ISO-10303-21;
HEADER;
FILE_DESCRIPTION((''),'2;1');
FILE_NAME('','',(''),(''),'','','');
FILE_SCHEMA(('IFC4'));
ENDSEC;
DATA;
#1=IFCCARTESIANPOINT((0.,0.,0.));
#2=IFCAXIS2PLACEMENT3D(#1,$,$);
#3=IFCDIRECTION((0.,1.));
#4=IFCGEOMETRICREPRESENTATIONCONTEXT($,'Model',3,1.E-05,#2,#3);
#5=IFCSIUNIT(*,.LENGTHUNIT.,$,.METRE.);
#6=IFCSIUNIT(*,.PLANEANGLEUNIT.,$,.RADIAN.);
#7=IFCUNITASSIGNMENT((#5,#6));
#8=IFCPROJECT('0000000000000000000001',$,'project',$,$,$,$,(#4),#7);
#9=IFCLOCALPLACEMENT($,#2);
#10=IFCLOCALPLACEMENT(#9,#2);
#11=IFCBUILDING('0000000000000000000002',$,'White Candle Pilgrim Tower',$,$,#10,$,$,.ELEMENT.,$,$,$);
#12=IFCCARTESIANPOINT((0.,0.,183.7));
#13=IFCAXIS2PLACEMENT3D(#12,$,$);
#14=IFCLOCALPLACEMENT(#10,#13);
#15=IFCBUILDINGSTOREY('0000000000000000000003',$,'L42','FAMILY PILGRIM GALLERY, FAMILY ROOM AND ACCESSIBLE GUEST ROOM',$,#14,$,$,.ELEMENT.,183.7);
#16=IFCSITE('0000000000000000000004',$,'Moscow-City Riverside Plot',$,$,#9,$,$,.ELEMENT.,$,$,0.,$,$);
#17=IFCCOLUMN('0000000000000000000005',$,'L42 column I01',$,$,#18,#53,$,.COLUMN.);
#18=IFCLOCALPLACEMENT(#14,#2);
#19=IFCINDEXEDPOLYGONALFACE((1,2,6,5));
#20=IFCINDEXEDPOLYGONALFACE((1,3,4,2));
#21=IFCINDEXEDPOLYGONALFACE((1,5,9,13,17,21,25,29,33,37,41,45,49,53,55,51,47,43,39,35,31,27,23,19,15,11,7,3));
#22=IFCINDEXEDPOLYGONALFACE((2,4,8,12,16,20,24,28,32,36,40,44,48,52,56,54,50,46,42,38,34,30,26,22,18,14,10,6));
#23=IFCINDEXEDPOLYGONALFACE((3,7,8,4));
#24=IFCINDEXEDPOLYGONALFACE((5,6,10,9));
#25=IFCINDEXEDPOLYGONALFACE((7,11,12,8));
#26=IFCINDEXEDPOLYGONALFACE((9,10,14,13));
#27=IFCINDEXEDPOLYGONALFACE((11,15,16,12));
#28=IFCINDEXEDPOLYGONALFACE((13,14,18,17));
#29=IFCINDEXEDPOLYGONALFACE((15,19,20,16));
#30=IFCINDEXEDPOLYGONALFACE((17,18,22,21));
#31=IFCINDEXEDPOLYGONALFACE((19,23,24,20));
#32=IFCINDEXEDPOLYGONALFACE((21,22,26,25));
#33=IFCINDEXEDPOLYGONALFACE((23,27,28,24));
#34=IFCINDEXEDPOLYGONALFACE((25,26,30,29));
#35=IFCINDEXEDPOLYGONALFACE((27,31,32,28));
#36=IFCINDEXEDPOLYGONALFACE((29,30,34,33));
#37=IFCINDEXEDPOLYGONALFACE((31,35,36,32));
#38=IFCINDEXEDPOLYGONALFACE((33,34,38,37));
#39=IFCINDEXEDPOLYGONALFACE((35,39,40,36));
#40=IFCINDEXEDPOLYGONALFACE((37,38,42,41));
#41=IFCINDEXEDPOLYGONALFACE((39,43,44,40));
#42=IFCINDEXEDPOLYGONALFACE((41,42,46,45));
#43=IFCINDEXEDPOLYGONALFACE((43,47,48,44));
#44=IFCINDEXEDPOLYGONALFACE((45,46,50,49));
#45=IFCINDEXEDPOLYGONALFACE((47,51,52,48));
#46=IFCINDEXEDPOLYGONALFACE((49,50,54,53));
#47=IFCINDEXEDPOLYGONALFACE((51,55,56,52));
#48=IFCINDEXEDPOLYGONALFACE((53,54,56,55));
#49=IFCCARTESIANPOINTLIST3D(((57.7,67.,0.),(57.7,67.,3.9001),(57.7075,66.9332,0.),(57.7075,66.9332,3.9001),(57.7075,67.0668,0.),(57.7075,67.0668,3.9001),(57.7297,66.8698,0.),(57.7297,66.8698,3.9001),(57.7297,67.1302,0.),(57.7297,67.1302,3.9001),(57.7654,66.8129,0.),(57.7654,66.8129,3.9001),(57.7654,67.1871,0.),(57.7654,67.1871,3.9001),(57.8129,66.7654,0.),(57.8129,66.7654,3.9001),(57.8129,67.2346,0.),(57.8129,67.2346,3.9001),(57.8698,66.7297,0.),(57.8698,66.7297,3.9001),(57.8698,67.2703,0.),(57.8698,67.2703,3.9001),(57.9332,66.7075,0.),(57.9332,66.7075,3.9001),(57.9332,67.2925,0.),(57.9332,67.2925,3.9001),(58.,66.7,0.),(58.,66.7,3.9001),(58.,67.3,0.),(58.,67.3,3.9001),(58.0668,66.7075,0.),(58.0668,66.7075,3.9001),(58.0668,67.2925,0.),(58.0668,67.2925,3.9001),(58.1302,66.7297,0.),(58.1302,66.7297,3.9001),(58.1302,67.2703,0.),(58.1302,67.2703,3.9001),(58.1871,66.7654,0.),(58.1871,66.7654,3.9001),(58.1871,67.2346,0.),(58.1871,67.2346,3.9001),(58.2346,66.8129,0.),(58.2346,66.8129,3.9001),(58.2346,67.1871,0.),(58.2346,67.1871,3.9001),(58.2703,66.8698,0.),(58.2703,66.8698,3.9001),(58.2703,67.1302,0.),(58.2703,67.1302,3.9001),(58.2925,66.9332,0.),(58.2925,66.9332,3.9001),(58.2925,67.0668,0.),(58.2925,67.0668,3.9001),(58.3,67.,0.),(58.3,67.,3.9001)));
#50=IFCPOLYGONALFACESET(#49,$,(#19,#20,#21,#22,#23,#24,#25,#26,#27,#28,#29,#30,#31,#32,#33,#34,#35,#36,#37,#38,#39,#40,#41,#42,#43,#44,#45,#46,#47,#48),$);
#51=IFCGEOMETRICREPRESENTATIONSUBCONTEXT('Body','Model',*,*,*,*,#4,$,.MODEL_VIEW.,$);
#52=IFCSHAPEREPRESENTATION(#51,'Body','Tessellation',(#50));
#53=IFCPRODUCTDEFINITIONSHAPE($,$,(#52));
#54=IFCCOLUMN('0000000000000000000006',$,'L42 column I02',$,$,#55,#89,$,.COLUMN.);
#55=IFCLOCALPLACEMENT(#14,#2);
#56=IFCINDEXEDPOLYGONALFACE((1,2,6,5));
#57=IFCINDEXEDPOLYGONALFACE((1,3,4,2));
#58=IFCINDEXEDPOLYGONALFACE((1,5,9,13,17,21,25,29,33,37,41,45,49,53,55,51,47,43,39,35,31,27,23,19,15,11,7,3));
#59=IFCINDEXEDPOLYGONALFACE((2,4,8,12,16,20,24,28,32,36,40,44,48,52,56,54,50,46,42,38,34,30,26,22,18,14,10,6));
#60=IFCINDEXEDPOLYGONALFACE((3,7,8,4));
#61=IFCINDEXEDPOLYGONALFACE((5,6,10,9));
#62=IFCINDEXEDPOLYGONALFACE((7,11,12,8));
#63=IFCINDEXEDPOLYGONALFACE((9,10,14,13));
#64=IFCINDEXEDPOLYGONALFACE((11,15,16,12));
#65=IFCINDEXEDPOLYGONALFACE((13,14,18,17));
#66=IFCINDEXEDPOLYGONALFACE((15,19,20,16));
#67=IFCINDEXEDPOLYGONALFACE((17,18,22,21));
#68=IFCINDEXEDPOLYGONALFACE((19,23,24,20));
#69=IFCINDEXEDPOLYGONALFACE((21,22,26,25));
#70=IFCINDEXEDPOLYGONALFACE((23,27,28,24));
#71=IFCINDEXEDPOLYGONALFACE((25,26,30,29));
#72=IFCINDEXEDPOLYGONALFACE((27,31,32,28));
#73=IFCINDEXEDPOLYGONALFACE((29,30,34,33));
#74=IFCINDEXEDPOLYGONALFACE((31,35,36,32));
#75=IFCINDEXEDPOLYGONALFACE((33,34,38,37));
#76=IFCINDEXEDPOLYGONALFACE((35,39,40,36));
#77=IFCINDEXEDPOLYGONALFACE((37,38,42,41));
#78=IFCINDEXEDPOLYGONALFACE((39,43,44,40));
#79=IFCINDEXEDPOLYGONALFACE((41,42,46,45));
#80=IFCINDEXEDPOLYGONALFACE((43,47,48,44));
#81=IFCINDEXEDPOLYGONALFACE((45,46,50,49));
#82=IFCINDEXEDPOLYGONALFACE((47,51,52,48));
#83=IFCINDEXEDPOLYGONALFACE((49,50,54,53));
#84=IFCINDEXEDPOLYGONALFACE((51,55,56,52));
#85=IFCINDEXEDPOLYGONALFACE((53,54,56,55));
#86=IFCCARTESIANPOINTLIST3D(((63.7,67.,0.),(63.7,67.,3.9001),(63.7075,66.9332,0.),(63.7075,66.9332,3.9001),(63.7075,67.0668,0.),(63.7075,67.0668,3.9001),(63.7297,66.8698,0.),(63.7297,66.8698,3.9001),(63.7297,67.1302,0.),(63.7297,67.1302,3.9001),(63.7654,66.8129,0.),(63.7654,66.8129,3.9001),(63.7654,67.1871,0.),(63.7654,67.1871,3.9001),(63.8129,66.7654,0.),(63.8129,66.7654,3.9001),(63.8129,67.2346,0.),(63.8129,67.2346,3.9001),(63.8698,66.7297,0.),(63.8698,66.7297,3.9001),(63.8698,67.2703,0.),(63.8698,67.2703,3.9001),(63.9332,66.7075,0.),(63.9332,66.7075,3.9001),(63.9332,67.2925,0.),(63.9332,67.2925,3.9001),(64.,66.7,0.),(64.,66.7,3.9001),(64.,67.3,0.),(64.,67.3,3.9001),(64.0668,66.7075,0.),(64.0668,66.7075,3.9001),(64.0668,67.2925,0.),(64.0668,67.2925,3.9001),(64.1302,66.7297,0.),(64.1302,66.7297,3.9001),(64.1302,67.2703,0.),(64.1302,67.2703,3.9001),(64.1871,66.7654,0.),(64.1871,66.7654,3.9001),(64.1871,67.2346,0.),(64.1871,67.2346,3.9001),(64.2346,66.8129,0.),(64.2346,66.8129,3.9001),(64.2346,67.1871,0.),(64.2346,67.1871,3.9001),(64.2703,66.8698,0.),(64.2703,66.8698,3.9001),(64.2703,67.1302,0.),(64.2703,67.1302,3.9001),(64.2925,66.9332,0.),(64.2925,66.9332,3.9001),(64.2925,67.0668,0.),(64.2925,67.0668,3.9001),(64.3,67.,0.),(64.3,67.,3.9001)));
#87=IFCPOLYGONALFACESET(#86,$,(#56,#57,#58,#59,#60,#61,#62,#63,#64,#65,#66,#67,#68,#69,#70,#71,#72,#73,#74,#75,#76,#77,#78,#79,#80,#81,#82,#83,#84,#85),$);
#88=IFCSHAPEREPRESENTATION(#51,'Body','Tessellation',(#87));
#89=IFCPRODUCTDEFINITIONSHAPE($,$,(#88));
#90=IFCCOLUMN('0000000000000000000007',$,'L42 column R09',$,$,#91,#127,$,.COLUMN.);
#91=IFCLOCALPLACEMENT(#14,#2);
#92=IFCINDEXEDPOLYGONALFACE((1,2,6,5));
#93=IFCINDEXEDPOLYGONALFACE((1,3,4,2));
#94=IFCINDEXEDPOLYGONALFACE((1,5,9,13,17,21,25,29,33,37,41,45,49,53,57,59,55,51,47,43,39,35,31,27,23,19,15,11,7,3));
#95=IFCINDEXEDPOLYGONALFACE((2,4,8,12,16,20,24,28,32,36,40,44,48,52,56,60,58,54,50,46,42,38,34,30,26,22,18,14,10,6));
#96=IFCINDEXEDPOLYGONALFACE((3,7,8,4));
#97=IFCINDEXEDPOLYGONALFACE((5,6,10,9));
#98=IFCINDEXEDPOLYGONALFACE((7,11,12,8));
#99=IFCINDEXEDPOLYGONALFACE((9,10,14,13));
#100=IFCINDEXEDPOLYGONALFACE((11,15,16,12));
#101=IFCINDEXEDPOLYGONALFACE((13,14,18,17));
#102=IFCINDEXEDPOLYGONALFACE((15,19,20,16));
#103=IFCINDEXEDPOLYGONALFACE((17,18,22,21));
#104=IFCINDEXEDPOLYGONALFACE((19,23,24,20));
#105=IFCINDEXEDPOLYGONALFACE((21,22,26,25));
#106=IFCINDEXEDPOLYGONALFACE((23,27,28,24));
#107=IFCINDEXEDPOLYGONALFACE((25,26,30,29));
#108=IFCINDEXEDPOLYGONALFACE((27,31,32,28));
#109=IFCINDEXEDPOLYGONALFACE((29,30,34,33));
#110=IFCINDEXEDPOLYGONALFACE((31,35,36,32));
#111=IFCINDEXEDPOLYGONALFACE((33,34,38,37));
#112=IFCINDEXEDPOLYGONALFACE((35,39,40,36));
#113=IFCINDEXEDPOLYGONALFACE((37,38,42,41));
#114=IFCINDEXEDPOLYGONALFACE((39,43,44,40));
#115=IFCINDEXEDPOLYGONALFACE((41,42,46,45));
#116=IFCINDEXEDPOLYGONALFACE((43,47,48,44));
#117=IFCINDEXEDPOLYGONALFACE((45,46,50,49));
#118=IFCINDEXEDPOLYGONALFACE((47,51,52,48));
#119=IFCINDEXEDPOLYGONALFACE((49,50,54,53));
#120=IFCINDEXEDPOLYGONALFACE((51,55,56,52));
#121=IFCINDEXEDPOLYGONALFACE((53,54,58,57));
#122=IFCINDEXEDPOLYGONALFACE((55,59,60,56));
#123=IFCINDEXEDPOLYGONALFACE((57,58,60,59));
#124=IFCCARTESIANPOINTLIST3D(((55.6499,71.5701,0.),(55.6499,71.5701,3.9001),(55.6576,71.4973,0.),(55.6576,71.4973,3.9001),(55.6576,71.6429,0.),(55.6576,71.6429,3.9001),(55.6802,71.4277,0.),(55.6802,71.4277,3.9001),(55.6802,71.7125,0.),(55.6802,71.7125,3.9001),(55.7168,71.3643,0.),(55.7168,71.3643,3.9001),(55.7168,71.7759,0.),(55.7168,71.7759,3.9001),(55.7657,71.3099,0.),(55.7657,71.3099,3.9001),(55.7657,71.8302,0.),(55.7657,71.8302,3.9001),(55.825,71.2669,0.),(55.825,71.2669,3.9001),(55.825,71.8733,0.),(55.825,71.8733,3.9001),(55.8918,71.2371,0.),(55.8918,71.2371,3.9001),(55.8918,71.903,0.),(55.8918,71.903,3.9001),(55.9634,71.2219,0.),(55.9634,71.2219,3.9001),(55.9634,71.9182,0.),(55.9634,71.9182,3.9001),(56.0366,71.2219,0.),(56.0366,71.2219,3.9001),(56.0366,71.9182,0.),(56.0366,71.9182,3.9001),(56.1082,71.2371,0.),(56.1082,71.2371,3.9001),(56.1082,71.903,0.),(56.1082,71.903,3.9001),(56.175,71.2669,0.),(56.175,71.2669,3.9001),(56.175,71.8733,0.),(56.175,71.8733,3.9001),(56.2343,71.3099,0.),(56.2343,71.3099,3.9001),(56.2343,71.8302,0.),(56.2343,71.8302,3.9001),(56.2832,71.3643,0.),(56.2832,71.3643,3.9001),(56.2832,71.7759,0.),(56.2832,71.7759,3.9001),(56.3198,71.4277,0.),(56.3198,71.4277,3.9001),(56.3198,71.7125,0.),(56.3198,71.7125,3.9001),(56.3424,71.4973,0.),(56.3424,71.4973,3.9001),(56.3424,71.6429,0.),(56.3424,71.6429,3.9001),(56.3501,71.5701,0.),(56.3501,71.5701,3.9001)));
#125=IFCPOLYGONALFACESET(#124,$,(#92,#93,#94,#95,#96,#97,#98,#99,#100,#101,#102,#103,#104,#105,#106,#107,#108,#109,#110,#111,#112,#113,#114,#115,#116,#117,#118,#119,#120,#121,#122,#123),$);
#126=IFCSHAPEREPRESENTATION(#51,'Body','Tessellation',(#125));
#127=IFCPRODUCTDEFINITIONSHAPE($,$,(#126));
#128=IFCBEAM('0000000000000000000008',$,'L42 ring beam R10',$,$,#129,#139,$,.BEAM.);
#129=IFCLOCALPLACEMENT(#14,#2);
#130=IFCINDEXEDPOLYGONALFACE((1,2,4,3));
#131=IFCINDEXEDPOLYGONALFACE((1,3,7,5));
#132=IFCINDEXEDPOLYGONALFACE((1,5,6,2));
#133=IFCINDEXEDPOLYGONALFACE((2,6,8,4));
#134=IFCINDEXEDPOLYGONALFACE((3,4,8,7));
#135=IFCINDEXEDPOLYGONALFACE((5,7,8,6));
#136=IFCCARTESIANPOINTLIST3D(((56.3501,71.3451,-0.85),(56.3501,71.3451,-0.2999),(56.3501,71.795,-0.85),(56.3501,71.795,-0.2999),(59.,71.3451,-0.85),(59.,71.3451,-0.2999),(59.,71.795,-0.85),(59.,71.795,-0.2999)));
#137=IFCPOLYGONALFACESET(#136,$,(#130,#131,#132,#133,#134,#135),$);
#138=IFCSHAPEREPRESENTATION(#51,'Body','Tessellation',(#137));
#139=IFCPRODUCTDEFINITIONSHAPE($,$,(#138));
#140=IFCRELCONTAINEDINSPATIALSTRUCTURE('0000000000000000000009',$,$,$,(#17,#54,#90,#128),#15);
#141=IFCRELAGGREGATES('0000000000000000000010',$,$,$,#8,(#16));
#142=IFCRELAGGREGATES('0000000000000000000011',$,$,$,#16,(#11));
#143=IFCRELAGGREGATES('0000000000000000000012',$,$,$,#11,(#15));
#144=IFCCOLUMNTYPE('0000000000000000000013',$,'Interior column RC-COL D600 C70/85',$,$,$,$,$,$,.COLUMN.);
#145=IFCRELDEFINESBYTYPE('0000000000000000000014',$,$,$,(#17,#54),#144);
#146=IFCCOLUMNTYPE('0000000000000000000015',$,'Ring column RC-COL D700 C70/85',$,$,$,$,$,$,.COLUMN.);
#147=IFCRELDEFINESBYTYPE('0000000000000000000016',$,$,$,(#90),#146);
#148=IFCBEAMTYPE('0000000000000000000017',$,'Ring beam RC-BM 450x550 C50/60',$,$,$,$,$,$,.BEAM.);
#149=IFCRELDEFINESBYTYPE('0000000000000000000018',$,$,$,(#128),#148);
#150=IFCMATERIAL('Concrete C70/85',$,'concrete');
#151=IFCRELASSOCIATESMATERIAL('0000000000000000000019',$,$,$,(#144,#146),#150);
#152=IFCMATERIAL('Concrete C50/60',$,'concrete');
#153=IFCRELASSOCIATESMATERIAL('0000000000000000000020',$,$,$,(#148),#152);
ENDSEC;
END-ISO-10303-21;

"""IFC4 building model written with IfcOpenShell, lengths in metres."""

from ifc_helpers import new_model, si_unit, direction, frame, origin, origin_2d, place, context, subcontext, project, spatial, rectangle, circle, extrude, material, material_profile, profile_set, type_object, element, save


model = new_model("IFC4")

# Units and contexts
model_context = context("Model", 3, precision=1e-05, world=origin(), true_north=direction((0.0, 1.0)))
body_context = subcontext(model_context, "Body", "Model", "MODEL_VIEW")
ifc_project = project(units=[si_unit("LENGTHUNIT", "METRE"), si_unit("PLANEANGLEUNIT", "RADIAN")], contexts=[model_context])

# Site, building, storey
site_placement = place(None, origin())
site = spatial("IfcSite", under=ifc_project, at=site_placement, Name="Moscow-City Riverside Plot", CompositionType="ELEMENT", RefElevation=0.0)
building_placement = place(site_placement, origin())
building = spatial("IfcBuilding", under=site, at=building_placement, Name="White Candle Pilgrim Tower", CompositionType="ELEMENT")
storey_placement = place(building_placement, frame((0.0, 0.0, 183.7)))
storey = spatial("IfcBuildingStorey", under=building, at=storey_placement, Name="L42", Description="FAMILY PILGRIM GALLERY, FAMILY ROOM AND ACCESSIBLE GUEST ROOM", CompositionType="ELEMENT", Elevation=183.7)

# Columns
ifc_material_1 = material(Name="Concrete C70/85", Category="concrete")
ifc_material_profile_1 = material_profile(ifc_material_1, circle(Radius=0.3, at=origin_2d()), Name="RC-COL D600")
ifc_profile_set_1 = profile_set([ifc_material_profile_1], Name="Concrete C70/85")
column_type_1 = type_object("IfcColumnType", Name="Interior column RC-COL D600 C70/85", PredefinedType="COLUMN", material=ifc_profile_set_1)
for number, where, z_axis, x_axis, name in (
    (1, (58.0, 67.0, 0.0), (0.0, 0.0, 1.0), (1.0, 0.0, 0.0), "L42 column I01"),
    (2, (64.0, 67.0, 0.0), (0.0, 0.0, 1.0), (1.0, 0.0, 0.0), "L42 column I02"),
):
    element("IfcColumn", number, at=place(storey_placement, frame(where, z_axis=z_axis, x_axis=x_axis)), inside=storey, type_object=column_type_1, Name=name, PredefinedType="COLUMN", context=body_context, shape_type="SweptSolid", body=[
        extrude(circle(Radius=0.3, at=origin_2d()), origin(), (0.0, 0.0, 1.0), 3.9001),
    ])
ifc_material_profile_2 = material_profile(ifc_material_1, circle(Radius=0.3501, at=origin_2d()), Name="RC-COL D700")
ifc_profile_set_2 = profile_set([ifc_material_profile_2], Name="Concrete C70/85")
column_type_2 = type_object("IfcColumnType", Name="Ring column RC-COL D700 C70/85", PredefinedType="COLUMN", material=ifc_profile_set_2)
column_placement = place(storey_placement, frame((56.0, 71.5701, 0.0), z_axis=(0.0, 0.0, 1.0), x_axis=(1.0, 0.0, 0.0)))
element("IfcColumn", 3, at=column_placement, inside=storey, type_object=column_type_2, Name="L42 column R09", PredefinedType="COLUMN", context=body_context, shape_type="SweptSolid", body=[
    extrude(circle(Radius=0.3501, at=origin_2d()), origin(), (0.0, 0.0, 1.0), 3.9001),
])

# Beam
ifc_material_2 = material(Name="Concrete C50/60", Category="concrete")
ifc_material_profile_3 = material_profile(ifc_material_2, rectangle(XDim=0.45, YDim=0.55, at=origin_2d()), Name="RC-BM 450x550")
ifc_profile_set_3 = profile_set([ifc_material_profile_3], Name="Concrete C50/60")
beam_type = type_object("IfcBeamType", Name="Ring beam RC-BM 450x550 C50/60", PredefinedType="BEAM", material=ifc_profile_set_3)
beam_placement = place(storey_placement, frame((56.3501, 71.5701, -0.575), z_axis=(1.0, 0.0, 0.0), x_axis=(0.0, 1.0, 0.0)))
element("IfcBeam", 4, at=beam_placement, inside=storey, type_object=beam_type, Name="L42 ring beam R10", PredefinedType="BEAM", context=body_context, shape_type="SweptSolid", body=[
    extrude(rectangle(XDim=0.45, YDim=0.55, at=origin_2d()), origin(), (0.0, 0.0, 1.0), 2.6499),
])

save(model, "model.ifc")
